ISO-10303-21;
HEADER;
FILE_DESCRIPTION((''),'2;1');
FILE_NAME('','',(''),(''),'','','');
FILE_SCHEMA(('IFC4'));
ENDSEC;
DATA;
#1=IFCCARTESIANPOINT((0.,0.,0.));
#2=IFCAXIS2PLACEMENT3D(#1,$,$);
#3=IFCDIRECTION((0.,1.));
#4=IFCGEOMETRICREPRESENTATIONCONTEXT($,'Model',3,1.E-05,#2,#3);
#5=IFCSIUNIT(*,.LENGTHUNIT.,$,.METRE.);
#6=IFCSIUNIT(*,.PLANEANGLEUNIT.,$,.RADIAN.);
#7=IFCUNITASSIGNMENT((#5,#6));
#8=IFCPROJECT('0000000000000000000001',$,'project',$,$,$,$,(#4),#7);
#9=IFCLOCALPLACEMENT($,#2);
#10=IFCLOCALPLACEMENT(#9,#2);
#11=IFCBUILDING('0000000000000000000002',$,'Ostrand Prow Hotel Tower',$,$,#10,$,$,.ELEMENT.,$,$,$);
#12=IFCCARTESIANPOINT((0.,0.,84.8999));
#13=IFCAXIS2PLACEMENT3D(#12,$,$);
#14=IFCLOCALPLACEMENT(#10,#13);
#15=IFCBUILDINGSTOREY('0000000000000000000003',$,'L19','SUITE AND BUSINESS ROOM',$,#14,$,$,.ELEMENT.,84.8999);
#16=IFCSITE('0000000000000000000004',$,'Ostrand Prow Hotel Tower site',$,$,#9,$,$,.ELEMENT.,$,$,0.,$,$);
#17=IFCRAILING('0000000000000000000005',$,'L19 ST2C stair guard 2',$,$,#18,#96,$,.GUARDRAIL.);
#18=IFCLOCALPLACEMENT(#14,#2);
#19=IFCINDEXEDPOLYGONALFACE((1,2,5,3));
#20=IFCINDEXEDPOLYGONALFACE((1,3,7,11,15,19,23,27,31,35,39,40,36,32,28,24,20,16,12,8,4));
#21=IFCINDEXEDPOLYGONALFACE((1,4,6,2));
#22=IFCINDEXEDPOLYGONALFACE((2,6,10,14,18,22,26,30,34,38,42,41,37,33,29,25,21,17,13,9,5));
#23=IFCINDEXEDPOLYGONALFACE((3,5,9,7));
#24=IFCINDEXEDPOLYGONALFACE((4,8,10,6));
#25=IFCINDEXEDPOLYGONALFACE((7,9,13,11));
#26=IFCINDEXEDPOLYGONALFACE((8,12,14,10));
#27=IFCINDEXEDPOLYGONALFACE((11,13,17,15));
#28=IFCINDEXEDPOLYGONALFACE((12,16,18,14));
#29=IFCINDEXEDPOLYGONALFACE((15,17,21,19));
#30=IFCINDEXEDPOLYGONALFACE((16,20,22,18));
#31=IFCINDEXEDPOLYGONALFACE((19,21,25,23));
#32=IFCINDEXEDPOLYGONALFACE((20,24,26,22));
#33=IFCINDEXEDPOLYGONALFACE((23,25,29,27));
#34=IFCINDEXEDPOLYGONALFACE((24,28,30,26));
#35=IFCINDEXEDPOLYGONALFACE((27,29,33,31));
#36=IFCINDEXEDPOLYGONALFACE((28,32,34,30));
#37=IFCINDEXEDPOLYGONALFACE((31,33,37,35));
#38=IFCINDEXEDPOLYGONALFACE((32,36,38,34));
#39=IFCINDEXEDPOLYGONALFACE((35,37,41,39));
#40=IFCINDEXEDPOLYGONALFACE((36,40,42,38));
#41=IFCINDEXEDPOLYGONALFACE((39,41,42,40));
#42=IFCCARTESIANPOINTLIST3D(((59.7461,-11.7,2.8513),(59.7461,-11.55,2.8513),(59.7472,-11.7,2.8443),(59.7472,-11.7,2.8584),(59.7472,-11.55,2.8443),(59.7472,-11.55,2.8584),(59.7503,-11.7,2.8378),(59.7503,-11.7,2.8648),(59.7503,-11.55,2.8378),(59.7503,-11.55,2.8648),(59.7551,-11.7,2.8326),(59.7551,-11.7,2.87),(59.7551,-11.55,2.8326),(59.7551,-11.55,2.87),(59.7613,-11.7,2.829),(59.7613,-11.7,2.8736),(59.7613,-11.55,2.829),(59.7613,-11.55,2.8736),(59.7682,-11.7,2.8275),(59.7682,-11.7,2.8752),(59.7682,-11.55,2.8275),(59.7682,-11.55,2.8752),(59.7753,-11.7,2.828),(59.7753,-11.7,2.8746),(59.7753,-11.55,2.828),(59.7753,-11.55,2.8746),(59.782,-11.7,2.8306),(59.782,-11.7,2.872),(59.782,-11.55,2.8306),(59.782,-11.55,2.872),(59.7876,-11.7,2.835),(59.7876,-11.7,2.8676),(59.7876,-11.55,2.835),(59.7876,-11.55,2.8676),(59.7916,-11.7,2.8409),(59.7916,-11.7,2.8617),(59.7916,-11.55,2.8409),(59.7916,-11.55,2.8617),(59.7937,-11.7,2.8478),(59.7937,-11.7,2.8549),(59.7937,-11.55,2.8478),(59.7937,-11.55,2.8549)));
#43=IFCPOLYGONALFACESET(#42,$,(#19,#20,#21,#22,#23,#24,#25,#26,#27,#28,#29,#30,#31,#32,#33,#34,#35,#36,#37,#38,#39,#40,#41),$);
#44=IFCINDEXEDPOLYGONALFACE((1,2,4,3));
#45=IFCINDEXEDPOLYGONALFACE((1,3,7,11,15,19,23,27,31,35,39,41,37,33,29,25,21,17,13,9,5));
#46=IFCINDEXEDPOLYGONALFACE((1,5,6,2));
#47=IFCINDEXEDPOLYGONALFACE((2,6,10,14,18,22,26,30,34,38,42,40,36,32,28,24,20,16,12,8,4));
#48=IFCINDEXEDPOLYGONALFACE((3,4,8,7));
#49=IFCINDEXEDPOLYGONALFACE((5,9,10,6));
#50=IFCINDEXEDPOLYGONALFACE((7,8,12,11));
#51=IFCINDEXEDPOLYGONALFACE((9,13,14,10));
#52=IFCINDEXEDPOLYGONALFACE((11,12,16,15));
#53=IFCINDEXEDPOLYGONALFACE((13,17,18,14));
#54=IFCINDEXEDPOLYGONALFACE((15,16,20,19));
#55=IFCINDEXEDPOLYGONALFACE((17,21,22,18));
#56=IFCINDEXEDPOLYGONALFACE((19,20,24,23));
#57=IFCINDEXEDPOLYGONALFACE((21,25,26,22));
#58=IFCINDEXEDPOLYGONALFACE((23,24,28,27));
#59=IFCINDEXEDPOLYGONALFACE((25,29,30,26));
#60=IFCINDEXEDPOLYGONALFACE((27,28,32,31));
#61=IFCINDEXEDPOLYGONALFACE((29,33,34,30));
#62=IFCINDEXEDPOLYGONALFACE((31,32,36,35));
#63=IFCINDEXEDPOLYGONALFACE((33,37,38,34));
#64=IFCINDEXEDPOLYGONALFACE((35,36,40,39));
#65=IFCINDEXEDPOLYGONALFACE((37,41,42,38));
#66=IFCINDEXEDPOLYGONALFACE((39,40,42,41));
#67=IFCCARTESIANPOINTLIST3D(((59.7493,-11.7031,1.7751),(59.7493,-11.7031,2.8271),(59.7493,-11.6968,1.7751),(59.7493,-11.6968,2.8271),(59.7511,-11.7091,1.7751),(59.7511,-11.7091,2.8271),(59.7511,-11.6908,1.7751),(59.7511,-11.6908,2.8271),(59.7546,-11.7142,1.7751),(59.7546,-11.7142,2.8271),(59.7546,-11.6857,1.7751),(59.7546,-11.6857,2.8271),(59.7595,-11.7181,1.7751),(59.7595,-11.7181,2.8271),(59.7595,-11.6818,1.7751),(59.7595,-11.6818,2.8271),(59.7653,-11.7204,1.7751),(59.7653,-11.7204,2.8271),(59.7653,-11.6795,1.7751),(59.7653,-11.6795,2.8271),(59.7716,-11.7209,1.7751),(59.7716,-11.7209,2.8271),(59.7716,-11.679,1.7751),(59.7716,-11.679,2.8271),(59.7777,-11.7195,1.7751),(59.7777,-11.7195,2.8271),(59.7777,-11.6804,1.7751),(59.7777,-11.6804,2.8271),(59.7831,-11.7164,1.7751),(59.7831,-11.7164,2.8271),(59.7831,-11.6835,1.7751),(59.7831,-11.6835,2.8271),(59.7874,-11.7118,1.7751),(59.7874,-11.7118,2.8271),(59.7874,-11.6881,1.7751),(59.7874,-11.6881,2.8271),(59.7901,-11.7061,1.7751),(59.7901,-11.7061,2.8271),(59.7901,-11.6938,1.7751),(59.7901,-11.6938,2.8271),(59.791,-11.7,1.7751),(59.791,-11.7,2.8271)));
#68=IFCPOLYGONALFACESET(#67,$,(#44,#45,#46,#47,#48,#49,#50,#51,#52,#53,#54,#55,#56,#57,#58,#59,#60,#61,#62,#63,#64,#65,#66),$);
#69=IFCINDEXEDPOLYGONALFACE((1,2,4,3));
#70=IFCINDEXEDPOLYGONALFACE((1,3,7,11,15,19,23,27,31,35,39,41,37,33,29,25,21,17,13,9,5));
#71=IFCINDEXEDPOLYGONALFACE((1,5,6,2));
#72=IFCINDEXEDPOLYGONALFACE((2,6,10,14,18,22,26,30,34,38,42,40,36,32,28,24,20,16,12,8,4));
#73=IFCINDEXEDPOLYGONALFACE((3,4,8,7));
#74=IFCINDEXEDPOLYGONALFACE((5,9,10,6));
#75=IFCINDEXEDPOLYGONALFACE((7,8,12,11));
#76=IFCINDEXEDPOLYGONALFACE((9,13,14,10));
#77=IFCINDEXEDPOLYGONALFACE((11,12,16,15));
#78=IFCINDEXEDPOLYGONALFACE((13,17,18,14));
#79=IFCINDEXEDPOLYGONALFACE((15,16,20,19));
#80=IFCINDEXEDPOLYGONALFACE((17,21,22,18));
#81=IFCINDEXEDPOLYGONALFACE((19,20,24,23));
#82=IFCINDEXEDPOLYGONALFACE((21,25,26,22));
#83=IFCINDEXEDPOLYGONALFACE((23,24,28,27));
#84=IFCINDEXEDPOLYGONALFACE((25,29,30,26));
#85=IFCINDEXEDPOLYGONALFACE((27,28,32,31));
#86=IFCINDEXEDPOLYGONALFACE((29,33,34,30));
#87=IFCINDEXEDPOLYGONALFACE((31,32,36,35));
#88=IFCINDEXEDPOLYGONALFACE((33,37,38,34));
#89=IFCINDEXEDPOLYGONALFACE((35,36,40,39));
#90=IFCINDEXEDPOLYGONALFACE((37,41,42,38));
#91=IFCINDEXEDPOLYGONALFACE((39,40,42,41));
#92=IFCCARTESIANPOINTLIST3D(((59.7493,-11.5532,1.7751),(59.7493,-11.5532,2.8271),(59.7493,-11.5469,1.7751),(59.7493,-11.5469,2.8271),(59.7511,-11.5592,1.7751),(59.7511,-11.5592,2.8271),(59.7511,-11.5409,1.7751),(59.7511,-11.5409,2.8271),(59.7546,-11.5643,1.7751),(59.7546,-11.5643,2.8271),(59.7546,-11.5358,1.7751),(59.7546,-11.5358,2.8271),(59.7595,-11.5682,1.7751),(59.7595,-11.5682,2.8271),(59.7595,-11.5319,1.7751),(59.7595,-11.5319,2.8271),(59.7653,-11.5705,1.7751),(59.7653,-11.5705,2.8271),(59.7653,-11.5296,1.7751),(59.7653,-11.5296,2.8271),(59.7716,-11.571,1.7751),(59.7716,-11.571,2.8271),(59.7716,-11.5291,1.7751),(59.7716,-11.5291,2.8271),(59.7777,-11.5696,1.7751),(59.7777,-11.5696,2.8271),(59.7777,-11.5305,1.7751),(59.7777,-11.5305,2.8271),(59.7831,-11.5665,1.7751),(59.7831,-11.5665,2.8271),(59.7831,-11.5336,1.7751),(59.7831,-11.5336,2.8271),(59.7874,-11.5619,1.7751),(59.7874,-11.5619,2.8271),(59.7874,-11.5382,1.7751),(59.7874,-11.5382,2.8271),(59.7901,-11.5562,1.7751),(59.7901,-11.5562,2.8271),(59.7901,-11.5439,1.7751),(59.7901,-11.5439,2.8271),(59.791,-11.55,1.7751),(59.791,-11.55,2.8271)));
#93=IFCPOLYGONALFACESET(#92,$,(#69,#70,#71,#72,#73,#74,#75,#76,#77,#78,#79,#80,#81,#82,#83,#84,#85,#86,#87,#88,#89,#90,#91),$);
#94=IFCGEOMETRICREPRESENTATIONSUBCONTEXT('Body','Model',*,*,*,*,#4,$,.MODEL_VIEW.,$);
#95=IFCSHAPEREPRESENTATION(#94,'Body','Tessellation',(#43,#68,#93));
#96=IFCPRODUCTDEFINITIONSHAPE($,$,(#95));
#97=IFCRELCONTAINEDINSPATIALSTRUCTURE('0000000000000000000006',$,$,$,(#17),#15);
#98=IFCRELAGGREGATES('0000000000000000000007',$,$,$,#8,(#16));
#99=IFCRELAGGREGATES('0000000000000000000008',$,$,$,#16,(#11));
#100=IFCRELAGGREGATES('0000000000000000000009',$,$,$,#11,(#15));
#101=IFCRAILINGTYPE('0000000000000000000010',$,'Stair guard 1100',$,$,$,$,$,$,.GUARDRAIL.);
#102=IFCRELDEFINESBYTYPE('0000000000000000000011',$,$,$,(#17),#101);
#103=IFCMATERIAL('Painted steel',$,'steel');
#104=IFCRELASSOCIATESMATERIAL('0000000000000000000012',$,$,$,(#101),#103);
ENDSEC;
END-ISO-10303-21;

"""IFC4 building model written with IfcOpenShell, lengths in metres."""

from ifc_helpers import new_model, si_unit, direction, frame, origin, origin_2d, place, context, subcontext, project, spatial, circle, extrude, material, type_object, element, save


model = new_model("IFC4")

# Units and contexts
model_context = context("Model", 3, precision=1e-05, world=origin(), true_north=direction((0.0, 1.0)))
body_context = subcontext(model_context, "Body", "Model", "MODEL_VIEW")
ifc_project = project(units=[si_unit("LENGTHUNIT", "METRE"), si_unit("PLANEANGLEUNIT", "RADIAN")], contexts=[model_context])

# Site, building, storey
site_placement = place(None, origin())
site = spatial("IfcSite", under=ifc_project, at=site_placement, Name="Ostrand Prow Hotel Tower site", CompositionType="ELEMENT", RefElevation=0.0)
building_placement = place(site_placement, origin())
building = spatial("IfcBuilding", under=site, at=building_placement, Name="Ostrand Prow Hotel Tower", CompositionType="ELEMENT")
storey_placement = place(building_placement, frame((0.0, 0.0, 84.8999)))
storey = spatial("IfcBuildingStorey", under=building, at=storey_placement, Name="L19", Description="SUITE AND BUSINESS ROOM", CompositionType="ELEMENT", Elevation=84.8999)

# Railing
ifc_material_1 = material(Name="Painted steel", Category="steel")
railing_type_1 = type_object("IfcRailingType", Name="Stair guard 1100", PredefinedType="GUARDRAIL", material=ifc_material_1)
railing_1_placement = place(storey_placement, frame((59.77, -11.7, 1.7751)))
element("IfcRailing", 1, at=railing_1_placement, inside=storey, type_object=railing_type_1, Name="L19 ST2C stair guard 2", PredefinedType="GUARDRAIL", context=body_context, shape_type="SweptSolid", body=[
    extrude(circle(Radius=0.0239, at=origin_2d()), frame((0.0, 0.0, 1.0762), z_axis=(0.0, 1.0, 0.0), x_axis=(-1.0, 0.0, 0.0)), (0.0, 0.0, 1.0), 0.1499),
    extrude(circle(Radius=0.021, at=origin_2d()), origin(), (0.0, 0.0, 1.0), 1.052),
    extrude(circle(Radius=0.021, at=origin_2d()), frame((0.0, 0.1499, 0.0)), (0.0, 0.0, 1.0), 1.052),
])

save(model, "model.ifc")
